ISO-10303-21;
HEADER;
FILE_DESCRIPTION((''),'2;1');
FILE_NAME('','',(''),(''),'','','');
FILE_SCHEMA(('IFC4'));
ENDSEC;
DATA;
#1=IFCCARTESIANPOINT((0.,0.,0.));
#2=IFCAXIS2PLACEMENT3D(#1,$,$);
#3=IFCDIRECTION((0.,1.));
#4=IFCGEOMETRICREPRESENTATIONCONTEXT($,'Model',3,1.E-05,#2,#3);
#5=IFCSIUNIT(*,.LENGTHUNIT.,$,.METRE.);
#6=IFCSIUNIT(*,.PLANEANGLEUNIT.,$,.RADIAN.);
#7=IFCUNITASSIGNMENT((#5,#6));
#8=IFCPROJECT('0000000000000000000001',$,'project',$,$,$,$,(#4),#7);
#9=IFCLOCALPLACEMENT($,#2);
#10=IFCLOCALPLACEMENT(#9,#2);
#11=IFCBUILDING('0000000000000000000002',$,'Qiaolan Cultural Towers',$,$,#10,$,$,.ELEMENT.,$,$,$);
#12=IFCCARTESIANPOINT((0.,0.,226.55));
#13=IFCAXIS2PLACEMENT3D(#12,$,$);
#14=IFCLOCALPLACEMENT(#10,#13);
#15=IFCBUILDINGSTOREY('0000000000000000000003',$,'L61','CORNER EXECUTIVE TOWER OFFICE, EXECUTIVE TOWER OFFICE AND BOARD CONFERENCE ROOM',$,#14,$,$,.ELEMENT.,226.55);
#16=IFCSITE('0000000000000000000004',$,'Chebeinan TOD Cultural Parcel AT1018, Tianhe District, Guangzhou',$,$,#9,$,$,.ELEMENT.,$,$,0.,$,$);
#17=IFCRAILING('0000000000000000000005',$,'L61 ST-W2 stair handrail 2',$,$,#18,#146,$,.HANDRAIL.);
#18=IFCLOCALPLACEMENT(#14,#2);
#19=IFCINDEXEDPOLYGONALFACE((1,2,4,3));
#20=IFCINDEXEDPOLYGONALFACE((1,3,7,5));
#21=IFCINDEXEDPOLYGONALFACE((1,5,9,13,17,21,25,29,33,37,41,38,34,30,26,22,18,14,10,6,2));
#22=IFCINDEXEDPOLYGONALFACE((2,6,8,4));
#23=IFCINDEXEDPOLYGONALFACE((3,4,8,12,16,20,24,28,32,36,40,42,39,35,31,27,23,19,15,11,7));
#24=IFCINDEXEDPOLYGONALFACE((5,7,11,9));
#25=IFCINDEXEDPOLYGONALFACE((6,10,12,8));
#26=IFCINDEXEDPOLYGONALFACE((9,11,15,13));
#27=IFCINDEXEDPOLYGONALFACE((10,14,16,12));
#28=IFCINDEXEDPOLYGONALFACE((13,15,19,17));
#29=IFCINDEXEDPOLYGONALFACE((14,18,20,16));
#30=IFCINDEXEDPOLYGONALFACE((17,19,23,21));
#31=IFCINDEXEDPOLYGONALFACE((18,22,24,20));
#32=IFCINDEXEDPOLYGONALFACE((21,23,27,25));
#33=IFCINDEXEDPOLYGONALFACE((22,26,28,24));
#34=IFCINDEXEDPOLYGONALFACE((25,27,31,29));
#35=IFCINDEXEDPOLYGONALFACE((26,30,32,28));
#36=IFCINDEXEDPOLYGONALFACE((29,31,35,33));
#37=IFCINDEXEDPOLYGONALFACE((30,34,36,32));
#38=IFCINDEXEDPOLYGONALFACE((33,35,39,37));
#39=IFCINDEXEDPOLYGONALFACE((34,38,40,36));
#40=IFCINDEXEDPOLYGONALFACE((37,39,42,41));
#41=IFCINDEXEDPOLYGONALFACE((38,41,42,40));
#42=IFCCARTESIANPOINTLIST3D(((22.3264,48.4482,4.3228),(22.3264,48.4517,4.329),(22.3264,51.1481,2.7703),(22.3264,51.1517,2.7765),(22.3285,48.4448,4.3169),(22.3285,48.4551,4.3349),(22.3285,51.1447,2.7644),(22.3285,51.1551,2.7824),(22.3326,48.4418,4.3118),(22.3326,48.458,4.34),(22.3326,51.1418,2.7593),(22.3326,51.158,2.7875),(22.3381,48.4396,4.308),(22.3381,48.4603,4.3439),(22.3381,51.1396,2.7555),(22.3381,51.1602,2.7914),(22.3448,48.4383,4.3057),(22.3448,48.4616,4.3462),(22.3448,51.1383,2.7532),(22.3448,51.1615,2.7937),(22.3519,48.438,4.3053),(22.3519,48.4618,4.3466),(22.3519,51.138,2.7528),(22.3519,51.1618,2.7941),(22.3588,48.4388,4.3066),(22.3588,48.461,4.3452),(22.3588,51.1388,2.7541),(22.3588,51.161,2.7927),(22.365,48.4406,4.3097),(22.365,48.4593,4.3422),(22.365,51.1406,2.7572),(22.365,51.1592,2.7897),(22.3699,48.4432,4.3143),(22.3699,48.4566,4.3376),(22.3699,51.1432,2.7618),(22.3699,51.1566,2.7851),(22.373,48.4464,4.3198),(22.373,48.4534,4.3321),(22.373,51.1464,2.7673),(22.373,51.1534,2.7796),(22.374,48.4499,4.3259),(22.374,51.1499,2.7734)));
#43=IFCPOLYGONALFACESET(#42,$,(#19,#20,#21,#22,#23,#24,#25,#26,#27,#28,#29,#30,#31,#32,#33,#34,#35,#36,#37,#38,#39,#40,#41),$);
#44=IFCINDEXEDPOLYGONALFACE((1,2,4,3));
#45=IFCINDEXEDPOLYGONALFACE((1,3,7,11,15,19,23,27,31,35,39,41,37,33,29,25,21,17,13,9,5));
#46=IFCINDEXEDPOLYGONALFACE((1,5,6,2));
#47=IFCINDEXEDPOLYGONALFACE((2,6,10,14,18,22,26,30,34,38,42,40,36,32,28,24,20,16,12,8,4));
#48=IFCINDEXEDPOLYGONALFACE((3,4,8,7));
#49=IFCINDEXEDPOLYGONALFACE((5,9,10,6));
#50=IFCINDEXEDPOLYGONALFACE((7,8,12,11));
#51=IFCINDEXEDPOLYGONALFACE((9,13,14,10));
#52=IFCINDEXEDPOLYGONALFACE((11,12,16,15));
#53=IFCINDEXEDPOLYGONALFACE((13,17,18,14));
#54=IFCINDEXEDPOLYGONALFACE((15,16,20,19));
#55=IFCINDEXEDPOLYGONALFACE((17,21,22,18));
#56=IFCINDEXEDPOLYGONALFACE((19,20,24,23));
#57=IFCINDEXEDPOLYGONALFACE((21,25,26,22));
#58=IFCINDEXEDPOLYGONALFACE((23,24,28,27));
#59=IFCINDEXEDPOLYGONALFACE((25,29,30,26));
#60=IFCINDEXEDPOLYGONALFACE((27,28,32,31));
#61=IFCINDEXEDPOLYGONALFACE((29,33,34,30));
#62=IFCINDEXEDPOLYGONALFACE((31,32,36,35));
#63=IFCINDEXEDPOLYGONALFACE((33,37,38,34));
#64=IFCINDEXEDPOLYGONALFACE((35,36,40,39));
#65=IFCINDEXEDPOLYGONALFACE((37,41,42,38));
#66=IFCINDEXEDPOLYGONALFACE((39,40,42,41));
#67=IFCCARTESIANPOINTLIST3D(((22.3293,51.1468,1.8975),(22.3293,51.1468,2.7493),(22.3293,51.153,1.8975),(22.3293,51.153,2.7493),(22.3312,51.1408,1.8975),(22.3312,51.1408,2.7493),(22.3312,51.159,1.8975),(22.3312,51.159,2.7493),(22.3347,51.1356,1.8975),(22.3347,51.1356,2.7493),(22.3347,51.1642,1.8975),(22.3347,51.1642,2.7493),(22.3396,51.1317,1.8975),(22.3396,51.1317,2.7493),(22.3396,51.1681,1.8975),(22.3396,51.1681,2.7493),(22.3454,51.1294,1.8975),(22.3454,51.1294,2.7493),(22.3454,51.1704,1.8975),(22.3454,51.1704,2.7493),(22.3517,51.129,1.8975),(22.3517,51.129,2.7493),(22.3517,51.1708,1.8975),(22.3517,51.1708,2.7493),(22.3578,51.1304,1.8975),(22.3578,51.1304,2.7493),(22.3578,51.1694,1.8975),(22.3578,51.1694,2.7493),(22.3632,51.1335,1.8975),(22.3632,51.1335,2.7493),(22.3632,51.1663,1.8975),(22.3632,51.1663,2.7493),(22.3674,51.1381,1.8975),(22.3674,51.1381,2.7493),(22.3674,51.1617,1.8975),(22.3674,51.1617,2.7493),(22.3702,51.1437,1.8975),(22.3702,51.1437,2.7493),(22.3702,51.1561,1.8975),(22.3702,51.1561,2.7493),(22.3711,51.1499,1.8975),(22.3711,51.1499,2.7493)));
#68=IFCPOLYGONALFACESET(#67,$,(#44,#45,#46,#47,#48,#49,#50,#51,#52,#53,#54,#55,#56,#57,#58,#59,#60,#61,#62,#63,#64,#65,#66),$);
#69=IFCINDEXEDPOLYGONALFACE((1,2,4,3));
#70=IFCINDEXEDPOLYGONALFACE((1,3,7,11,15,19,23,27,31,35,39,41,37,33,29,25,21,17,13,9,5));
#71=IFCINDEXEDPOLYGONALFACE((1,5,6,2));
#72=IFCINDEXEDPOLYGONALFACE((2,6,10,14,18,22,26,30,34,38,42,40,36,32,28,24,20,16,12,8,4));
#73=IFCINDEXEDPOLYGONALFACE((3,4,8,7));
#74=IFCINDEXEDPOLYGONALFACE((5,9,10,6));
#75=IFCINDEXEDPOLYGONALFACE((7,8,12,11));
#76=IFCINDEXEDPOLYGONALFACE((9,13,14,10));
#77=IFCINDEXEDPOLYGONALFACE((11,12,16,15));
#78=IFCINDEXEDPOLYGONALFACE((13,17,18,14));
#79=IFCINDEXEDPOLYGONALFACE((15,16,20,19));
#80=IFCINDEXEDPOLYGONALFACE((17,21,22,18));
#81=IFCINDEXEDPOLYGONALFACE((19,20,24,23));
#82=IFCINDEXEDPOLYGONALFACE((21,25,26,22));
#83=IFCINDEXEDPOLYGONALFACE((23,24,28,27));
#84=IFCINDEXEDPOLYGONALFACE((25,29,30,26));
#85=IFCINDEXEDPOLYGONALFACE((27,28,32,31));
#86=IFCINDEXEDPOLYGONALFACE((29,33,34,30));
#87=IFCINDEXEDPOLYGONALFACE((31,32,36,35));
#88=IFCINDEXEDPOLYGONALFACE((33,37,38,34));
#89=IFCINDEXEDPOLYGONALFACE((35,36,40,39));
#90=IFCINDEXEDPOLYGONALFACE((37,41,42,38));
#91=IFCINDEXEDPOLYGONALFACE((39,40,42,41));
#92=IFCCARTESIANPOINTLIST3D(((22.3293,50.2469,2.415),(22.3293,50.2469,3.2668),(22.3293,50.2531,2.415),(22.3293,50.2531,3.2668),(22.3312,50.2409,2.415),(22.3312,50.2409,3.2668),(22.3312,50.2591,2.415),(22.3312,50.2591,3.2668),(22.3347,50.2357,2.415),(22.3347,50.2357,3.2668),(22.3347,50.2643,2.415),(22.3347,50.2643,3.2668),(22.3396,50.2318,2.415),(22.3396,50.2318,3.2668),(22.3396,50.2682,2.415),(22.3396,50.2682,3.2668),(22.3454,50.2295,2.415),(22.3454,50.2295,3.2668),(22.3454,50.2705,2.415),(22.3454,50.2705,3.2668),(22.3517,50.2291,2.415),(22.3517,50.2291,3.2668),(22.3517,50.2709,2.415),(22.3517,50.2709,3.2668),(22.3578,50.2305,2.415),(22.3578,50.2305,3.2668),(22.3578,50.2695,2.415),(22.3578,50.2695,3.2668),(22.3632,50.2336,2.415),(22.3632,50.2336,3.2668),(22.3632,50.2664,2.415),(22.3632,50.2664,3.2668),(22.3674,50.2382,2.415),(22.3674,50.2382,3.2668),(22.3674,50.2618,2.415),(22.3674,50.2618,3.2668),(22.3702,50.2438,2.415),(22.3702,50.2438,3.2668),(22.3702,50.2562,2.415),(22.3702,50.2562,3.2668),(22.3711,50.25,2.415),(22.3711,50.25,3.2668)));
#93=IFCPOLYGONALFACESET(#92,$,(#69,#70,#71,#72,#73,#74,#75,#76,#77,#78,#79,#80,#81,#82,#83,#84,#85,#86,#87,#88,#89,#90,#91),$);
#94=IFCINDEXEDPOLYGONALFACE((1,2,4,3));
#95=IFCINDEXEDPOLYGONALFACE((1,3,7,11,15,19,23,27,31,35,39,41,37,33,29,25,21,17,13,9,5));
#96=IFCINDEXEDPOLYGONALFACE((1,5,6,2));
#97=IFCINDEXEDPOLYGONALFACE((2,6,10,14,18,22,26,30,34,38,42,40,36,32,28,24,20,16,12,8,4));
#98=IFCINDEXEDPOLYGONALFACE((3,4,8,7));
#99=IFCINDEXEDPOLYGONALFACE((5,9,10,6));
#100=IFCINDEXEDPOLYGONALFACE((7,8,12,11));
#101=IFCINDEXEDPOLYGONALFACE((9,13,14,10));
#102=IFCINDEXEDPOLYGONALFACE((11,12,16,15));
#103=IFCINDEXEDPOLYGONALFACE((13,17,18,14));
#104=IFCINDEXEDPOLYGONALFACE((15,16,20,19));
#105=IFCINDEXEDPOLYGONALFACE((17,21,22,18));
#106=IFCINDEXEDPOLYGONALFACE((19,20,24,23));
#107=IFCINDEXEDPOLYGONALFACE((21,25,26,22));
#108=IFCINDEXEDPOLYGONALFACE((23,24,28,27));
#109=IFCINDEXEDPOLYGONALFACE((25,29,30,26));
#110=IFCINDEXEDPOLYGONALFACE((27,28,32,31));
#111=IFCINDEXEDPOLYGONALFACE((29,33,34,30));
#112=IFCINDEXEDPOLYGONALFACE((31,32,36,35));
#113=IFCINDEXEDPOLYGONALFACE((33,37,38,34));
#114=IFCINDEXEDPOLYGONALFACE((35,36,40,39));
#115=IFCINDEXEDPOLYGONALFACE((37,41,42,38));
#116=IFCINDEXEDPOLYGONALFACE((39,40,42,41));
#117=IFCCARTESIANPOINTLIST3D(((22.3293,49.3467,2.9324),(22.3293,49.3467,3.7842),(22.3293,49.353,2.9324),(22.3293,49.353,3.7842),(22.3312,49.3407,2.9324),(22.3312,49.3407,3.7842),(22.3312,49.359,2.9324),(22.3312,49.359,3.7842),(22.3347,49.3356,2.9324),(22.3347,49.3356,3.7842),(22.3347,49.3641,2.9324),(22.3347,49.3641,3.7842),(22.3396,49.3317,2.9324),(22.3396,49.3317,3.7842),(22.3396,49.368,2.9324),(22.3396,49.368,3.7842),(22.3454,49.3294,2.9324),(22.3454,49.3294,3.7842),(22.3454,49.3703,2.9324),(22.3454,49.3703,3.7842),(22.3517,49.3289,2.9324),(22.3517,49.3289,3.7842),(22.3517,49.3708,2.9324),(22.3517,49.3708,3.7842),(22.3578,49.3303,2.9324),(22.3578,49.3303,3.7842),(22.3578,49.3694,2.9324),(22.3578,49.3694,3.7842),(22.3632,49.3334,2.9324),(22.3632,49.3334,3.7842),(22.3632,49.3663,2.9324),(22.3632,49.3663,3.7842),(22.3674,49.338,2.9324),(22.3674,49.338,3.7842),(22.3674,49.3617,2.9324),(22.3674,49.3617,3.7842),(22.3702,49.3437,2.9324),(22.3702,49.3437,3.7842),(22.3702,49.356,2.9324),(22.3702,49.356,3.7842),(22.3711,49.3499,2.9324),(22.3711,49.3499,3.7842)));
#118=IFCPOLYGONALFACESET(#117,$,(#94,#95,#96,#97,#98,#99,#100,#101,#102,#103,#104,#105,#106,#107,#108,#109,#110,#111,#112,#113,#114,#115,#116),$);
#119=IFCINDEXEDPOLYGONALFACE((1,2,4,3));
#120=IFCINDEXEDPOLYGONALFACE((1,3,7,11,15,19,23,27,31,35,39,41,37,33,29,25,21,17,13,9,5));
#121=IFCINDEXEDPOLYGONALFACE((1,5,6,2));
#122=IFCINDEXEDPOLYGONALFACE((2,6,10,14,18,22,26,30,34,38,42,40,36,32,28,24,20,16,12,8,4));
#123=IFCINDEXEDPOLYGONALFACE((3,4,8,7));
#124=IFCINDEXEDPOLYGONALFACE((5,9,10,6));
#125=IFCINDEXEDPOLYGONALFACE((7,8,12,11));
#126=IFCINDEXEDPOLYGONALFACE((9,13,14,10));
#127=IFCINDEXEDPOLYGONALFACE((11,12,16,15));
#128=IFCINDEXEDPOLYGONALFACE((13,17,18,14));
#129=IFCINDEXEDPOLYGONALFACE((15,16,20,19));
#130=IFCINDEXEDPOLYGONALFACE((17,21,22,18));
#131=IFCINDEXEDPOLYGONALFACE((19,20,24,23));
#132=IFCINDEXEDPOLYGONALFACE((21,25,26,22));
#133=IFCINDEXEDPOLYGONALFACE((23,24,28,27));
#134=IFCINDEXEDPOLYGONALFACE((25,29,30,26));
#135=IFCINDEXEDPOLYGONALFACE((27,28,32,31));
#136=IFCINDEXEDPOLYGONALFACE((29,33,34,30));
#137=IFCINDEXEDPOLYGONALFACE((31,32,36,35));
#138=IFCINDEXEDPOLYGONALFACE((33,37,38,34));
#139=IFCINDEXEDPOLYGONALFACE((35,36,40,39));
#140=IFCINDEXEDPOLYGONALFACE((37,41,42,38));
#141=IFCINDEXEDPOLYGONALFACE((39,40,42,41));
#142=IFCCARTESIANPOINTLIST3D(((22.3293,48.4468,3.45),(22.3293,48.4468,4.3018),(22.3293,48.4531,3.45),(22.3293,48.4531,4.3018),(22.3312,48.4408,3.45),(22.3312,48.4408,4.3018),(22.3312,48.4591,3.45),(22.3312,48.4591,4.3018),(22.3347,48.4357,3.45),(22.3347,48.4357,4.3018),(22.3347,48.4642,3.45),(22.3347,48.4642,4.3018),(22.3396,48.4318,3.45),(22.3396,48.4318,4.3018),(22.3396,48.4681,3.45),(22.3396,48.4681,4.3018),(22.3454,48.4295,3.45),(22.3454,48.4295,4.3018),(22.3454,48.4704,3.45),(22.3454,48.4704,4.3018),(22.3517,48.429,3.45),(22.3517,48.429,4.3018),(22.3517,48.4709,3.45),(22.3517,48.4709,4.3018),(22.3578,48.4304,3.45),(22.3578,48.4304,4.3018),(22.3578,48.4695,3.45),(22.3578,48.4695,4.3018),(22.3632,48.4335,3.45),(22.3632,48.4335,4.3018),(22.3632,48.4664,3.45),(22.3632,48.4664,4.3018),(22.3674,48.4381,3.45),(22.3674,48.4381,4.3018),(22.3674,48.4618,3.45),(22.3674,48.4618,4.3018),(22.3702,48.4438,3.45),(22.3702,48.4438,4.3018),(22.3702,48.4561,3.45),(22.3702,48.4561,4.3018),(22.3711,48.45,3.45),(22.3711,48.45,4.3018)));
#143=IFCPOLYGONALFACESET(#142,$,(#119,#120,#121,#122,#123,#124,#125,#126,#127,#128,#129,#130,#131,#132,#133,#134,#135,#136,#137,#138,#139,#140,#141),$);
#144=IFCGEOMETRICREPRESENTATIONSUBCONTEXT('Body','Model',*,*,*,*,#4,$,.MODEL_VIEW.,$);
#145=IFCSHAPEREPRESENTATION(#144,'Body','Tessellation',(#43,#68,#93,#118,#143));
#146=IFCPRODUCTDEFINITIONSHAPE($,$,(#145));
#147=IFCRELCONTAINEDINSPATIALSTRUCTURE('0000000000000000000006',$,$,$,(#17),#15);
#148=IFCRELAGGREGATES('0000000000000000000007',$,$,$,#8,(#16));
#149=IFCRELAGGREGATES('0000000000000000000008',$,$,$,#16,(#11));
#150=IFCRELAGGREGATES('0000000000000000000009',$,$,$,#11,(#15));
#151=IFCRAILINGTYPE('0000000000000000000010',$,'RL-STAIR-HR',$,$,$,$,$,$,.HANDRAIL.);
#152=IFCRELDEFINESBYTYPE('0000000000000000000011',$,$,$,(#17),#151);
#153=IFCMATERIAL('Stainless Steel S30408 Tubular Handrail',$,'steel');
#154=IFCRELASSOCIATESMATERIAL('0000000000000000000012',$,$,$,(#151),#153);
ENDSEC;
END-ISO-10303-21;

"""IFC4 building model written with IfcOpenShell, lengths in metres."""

from ifc_helpers import new_model, si_unit, direction, frame, origin, origin_2d, place, context, subcontext, project, spatial, circle, extrude, material, type_object, element, save


model = new_model("IFC4")

# Units and contexts
model_context = context("Model", 3, precision=1e-05, world=origin(), true_north=direction((0.0, 1.0)))
body_context = subcontext(model_context, "Body", "Model", "MODEL_VIEW")
ifc_project = project(units=[si_unit("LENGTHUNIT", "METRE"), si_unit("PLANEANGLEUNIT", "RADIAN")], contexts=[model_context])

# Site, building, storey
site_placement = place(None, origin())
site = spatial("IfcSite", under=ifc_project, at=site_placement, Name="Chebeinan TOD Cultural Parcel AT1018, Tianhe District, Guangzhou", CompositionType="ELEMENT", RefElevation=0.0)
building_placement = place(site_placement, origin())
building = spatial("IfcBuilding", under=site, at=building_placement, Name="Qiaolan Cultural Towers", CompositionType="ELEMENT")
storey_placement = place(building_placement, frame((0.0, 0.0, 226.55)))
storey = spatial("IfcBuildingStorey", under=building, at=storey_placement, Name="L61", Description="CORNER EXECUTIVE TOWER OFFICE, EXECUTIVE TOWER OFFICE AND BOARD CONFERENCE ROOM", CompositionType="ELEMENT", Elevation=226.55)

# Railing
ifc_material_1 = material(Name="Stainless Steel S30408 Tubular Handrail", Category="steel")
railing_type_1 = type_object("IfcRailingType", Name="RL-STAIR-HR", PredefinedType="HANDRAIL", material=ifc_material_1)
railing_1_placement = place(storey_placement, frame((22.3501, 51.1499, 1.8975)))
element("IfcRailing", 1, at=railing_1_placement, inside=storey, type_object=railing_type_1, Name="L61 ST-W2 stair handrail 2", PredefinedType="HANDRAIL", context=body_context, shape_type="SweptSolid", body=[
    extrude(circle(Radius=0.0239, at=origin_2d()), frame((0.0, 0.0, 0.876), z_axis=(0.0, -0.866904, 0.498476), x_axis=(1.0, 0.0, 0.0)), (0.0, 0.0, 1.0), 3.1145),
    extrude(circle(Radius=0.021, at=origin_2d()), origin(), (0.0, 0.0, 1.0), 0.8518),
    extrude(circle(Radius=0.021, at=origin_2d()), frame((0.0, -0.8999, 0.5176)), (0.0, 0.0, 1.0), 0.8518),
    extrude(circle(Radius=0.021, at=origin_2d()), frame((0.0, -1.8, 1.0349)), (0.0, 0.0, 1.0), 0.8518),
    extrude(circle(Radius=0.021, at=origin_2d()), frame((0.0, -2.7, 1.5525)), (0.0, 0.0, 1.0), 0.8518),
])

save(model, "model.ifc")
